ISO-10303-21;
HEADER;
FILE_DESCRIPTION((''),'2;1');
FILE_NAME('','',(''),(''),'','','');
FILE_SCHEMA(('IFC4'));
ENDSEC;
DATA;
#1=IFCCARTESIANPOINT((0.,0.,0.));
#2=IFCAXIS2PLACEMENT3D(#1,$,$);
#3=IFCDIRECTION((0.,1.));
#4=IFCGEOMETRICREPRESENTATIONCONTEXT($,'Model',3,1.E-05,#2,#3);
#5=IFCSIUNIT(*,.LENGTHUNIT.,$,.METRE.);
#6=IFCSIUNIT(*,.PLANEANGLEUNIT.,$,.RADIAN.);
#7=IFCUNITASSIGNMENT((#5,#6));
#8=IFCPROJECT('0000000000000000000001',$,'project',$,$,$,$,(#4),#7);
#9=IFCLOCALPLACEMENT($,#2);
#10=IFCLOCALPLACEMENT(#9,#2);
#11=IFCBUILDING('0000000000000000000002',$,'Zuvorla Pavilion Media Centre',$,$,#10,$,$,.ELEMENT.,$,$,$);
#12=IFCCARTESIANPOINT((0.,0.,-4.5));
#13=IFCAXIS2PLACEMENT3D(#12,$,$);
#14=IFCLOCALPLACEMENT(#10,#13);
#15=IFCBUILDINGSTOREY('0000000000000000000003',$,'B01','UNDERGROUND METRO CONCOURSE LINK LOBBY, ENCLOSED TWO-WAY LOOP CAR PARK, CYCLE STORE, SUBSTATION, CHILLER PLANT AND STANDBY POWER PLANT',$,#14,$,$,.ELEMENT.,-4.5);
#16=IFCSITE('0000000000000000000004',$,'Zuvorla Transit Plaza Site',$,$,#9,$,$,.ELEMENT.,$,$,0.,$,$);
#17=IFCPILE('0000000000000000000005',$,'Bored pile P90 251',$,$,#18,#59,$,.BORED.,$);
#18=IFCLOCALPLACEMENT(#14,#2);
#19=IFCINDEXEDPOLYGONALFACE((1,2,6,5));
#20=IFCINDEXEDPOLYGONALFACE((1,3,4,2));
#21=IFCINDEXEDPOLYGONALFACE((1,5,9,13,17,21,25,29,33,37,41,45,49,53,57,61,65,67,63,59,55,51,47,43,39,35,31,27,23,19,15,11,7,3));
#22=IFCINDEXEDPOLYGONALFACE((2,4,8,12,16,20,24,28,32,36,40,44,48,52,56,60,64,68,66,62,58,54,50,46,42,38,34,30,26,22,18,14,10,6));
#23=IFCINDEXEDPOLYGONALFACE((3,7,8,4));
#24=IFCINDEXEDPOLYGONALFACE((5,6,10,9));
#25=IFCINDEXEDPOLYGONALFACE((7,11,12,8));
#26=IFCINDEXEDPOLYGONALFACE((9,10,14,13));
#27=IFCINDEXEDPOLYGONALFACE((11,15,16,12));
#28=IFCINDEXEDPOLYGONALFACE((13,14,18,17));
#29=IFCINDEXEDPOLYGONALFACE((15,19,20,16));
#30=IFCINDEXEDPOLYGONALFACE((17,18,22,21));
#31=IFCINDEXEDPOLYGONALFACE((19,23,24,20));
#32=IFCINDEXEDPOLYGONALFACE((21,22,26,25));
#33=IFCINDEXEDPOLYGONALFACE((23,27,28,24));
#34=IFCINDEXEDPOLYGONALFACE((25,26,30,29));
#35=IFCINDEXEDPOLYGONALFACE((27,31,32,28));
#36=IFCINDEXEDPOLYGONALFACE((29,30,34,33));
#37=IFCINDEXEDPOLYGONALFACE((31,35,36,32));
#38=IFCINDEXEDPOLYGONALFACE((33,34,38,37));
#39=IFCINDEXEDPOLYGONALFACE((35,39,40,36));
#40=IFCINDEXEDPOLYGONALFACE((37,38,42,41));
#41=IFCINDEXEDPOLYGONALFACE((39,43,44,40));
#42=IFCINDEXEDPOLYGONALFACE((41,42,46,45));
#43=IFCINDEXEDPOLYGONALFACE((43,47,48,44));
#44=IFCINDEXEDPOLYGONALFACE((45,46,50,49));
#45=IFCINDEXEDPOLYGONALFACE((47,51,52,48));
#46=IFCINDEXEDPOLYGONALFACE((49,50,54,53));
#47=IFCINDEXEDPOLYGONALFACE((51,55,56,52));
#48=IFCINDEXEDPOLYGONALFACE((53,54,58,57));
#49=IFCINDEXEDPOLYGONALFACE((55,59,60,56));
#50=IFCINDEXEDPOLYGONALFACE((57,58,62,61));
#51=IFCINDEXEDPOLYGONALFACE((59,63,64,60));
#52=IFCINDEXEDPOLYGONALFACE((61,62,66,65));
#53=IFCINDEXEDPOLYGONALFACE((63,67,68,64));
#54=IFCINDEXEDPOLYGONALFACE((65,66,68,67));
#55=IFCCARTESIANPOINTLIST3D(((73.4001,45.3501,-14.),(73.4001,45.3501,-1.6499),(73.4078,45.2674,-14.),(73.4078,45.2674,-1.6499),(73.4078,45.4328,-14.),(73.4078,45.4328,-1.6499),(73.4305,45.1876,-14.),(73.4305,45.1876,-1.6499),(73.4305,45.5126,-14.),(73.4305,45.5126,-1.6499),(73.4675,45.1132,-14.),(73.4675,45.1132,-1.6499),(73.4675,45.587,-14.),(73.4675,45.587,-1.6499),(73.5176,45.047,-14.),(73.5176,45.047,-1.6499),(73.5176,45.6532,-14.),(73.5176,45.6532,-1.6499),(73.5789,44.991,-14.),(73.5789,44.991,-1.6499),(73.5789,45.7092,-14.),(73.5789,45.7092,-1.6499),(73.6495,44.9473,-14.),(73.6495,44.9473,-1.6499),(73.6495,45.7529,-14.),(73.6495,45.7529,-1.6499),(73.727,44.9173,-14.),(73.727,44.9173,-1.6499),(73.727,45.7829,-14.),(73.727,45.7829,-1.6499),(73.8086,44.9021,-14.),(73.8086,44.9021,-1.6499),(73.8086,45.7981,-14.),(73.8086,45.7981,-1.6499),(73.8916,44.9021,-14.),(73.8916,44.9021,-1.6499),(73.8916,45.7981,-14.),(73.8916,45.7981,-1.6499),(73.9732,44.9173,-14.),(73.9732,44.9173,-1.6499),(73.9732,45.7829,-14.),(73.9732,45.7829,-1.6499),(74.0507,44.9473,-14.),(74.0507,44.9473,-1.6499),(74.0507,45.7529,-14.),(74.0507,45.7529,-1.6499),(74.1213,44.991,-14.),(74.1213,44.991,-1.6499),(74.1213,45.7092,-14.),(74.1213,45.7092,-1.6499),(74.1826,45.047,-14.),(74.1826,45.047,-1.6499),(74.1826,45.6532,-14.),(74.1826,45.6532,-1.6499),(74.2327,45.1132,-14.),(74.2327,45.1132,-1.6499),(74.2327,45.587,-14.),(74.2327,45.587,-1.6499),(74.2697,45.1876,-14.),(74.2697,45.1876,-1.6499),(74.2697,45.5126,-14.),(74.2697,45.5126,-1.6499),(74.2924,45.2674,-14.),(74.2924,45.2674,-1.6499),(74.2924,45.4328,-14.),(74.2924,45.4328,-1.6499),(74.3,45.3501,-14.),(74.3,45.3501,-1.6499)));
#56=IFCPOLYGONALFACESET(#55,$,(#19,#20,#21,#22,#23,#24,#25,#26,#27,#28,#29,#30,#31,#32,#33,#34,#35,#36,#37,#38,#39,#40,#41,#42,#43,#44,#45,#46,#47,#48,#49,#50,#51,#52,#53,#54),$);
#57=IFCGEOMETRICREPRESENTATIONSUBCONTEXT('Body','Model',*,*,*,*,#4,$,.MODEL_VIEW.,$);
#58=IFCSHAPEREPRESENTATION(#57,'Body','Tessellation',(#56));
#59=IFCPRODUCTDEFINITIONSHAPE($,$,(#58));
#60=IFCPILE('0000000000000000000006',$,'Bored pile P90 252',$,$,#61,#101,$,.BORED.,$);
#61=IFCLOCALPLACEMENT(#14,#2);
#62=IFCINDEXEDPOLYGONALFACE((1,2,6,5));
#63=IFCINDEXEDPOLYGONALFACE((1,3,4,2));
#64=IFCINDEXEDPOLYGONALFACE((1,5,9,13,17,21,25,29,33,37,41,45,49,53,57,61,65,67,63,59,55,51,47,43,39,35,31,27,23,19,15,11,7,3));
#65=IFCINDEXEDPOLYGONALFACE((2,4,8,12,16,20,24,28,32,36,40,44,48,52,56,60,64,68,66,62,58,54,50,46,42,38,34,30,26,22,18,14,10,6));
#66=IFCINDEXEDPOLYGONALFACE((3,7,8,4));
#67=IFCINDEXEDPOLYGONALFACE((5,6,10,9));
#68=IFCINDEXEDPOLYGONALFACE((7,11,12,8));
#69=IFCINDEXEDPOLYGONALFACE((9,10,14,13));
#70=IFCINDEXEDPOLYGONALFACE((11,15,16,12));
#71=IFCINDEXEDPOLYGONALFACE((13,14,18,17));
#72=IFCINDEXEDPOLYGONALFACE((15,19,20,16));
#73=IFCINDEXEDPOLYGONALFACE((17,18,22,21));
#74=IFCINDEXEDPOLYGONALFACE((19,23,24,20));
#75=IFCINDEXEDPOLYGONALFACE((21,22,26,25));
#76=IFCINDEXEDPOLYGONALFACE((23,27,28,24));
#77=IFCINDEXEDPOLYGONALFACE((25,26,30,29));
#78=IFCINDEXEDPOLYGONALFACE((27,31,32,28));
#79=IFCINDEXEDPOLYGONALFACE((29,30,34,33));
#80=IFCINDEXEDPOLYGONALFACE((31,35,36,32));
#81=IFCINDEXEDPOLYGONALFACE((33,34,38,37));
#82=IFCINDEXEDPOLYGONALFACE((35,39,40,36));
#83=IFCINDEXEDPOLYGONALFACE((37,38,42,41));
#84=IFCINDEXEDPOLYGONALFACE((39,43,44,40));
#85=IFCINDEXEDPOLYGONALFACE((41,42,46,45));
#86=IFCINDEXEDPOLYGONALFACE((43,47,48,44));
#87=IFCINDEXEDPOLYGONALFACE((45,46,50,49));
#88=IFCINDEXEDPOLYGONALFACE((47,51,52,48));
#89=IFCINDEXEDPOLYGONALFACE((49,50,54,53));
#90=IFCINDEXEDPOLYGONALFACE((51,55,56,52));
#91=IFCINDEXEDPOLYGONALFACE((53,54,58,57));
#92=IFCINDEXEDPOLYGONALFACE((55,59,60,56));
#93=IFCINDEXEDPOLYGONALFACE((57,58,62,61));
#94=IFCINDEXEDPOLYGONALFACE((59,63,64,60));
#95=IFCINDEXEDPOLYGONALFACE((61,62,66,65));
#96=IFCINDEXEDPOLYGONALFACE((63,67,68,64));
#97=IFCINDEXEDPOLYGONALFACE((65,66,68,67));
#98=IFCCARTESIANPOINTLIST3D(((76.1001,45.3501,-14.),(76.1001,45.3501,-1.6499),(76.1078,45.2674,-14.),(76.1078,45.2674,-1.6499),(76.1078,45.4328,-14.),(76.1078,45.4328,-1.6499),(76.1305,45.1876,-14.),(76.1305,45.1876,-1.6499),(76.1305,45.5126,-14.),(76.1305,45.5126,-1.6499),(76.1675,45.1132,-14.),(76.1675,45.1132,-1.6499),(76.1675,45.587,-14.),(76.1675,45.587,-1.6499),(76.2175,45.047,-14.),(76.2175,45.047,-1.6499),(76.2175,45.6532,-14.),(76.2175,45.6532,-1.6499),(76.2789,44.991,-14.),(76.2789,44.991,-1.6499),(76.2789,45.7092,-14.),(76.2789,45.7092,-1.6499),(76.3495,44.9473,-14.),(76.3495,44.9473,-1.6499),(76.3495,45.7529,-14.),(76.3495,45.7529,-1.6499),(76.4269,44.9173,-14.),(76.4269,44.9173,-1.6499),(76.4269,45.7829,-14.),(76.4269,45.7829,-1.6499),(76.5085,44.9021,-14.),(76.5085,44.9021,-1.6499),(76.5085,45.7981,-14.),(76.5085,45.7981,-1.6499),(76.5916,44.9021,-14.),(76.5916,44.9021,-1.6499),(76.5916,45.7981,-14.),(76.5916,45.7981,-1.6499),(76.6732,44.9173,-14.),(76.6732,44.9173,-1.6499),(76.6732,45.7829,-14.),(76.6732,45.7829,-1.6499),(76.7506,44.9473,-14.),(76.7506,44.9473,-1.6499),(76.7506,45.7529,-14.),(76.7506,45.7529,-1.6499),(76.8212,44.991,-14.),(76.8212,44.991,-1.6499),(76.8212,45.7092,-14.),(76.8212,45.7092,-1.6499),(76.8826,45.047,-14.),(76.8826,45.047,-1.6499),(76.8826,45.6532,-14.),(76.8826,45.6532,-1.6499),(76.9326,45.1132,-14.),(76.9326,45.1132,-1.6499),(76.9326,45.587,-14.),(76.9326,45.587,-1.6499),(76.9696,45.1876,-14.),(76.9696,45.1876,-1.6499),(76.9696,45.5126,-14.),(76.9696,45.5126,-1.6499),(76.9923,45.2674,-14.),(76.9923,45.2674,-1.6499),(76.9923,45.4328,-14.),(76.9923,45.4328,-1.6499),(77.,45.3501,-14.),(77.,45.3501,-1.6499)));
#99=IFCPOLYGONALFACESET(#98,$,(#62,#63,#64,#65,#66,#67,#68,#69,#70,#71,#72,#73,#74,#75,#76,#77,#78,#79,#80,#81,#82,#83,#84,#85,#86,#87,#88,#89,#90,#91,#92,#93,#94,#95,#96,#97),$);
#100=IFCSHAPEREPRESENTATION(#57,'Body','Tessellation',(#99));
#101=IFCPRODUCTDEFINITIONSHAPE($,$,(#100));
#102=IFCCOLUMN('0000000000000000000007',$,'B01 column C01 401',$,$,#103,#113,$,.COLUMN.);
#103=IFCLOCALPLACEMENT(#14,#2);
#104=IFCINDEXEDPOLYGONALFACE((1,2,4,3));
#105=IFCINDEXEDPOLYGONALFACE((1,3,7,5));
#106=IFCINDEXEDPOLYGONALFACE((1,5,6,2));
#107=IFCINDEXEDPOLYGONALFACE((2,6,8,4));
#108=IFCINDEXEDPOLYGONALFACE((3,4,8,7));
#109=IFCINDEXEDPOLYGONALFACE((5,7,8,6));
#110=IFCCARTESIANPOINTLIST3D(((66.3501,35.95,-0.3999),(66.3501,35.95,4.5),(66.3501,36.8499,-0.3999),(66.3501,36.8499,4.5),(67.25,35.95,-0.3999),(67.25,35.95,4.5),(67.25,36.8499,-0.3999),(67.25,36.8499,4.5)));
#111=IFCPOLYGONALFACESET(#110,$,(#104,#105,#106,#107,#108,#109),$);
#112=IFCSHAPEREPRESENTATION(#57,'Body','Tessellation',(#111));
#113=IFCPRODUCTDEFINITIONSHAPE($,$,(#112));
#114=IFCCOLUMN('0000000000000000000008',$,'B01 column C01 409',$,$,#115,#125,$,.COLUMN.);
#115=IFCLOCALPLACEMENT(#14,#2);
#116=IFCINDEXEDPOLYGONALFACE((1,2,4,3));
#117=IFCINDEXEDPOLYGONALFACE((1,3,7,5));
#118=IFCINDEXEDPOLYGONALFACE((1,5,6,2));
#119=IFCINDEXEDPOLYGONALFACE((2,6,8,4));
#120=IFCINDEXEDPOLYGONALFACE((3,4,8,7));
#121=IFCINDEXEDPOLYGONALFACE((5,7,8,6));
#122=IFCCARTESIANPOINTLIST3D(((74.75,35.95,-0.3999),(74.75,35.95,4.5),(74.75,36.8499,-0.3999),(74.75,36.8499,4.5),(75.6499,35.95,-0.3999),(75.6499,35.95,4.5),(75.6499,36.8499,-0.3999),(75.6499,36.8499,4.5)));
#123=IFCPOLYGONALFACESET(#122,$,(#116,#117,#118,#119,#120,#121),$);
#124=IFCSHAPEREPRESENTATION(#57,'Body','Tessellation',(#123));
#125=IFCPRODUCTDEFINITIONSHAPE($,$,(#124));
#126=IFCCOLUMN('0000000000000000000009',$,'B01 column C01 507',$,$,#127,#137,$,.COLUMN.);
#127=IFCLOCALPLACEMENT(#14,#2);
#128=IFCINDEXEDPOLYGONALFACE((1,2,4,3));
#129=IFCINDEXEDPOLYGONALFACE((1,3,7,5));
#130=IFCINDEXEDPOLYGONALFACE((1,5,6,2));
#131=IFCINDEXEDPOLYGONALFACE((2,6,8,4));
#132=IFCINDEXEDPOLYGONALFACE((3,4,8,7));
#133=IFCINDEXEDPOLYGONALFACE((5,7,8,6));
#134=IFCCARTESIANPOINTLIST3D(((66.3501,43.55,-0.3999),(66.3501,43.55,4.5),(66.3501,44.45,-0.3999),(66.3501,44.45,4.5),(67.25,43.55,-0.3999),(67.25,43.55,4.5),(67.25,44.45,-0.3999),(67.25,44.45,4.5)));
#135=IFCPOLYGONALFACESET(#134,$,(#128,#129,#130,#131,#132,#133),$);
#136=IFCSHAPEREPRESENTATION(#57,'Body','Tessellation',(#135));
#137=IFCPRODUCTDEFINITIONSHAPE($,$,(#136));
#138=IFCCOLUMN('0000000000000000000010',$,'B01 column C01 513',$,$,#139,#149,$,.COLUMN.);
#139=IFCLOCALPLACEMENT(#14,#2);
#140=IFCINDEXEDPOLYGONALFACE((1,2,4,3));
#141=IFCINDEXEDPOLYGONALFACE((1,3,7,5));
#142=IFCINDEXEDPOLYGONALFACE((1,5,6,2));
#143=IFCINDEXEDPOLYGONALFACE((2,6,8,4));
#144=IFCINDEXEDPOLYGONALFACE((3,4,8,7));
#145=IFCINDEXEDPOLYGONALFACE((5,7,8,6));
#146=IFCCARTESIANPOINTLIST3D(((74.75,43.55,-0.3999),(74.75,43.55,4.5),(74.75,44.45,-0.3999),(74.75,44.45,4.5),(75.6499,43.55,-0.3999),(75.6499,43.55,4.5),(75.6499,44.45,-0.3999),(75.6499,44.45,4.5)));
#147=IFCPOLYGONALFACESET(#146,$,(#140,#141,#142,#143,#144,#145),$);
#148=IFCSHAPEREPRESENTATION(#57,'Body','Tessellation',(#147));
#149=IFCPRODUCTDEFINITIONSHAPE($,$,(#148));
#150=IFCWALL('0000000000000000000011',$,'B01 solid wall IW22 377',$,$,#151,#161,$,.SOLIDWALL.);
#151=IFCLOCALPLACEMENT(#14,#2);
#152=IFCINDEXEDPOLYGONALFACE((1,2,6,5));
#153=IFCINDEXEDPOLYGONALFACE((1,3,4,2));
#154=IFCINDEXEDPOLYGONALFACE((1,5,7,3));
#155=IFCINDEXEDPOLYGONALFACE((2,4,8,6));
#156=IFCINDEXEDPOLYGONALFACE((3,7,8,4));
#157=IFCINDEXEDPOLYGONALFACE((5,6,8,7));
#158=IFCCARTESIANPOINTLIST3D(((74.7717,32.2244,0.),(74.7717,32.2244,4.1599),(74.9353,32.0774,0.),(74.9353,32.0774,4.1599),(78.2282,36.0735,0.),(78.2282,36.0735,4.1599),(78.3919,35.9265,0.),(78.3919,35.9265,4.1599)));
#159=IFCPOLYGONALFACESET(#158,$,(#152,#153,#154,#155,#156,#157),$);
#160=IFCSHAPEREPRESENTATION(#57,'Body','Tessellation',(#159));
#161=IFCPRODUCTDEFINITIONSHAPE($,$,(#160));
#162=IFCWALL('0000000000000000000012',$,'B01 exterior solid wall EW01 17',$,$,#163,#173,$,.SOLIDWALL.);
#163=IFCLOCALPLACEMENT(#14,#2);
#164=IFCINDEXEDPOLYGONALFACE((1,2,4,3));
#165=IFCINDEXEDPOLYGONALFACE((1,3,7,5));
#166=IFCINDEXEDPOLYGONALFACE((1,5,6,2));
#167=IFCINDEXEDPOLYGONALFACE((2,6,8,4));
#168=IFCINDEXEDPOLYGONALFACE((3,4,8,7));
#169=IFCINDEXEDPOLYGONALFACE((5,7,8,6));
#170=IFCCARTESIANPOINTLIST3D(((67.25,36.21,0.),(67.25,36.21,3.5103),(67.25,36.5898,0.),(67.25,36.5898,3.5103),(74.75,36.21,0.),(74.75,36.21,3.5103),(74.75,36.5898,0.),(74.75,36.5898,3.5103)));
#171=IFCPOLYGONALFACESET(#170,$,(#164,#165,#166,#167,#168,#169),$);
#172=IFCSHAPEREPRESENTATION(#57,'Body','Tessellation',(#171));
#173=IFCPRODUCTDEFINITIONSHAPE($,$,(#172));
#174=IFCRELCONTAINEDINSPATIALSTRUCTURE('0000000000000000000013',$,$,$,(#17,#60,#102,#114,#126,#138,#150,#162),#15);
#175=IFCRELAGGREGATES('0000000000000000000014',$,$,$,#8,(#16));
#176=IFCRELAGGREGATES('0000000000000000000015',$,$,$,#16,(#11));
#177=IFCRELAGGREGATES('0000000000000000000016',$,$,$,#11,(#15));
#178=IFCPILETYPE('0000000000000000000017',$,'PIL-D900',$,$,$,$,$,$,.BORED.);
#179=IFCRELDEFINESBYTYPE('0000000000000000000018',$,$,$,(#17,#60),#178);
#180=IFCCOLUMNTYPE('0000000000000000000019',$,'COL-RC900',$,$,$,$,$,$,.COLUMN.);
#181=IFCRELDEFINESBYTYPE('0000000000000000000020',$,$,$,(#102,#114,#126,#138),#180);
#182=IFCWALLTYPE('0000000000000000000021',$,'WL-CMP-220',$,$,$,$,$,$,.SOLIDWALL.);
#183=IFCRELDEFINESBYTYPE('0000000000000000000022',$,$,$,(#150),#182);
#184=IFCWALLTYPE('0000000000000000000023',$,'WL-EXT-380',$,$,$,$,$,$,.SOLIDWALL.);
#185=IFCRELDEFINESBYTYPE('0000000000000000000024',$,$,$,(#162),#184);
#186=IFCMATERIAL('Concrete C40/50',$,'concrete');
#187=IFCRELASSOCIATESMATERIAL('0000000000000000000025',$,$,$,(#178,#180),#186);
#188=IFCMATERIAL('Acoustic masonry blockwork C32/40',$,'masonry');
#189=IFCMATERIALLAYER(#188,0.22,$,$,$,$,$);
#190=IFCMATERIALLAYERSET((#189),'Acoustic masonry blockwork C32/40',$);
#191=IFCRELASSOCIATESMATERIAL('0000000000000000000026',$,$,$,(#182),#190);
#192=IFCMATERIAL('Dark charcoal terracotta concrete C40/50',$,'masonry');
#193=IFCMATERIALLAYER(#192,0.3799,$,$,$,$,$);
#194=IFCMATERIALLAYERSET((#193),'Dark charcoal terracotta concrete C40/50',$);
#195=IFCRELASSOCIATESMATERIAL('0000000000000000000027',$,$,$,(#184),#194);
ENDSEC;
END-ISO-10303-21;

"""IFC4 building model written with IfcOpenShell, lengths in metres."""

from ifc_helpers import new_model, si_unit, direction, frame, frame_2d, origin, origin_2d, place, context, subcontext, project, spatial, rectangle, circle, extrude, material, layer, layer_set, material_profile, profile_set, type_object, element, save


model = new_model("IFC4")

# Units and contexts
model_context = context("Model", 3, precision=1e-05, world=origin(), true_north=direction((0.0, 1.0)))
body_context = subcontext(model_context, "Body", "Model", "MODEL_VIEW")
ifc_project = project(units=[si_unit("LENGTHUNIT", "METRE"), si_unit("PLANEANGLEUNIT", "RADIAN")], contexts=[model_context])

# Site, building, storey
site_placement = place(None, origin())
site = spatial("IfcSite", under=ifc_project, at=site_placement, Name="Zuvorla Transit Plaza Site", CompositionType="ELEMENT", RefElevation=0.0)
building_placement = place(site_placement, origin())
building = spatial("IfcBuilding", under=site, at=building_placement, Name="Zuvorla Pavilion Media Centre", CompositionType="ELEMENT")
storey_placement = place(building_placement, frame((0.0, 0.0, -4.5)))
storey = spatial("IfcBuildingStorey", under=building, at=storey_placement, Name="B01", Description="UNDERGROUND METRO CONCOURSE LINK LOBBY, ENCLOSED TWO-WAY LOOP CAR PARK, CYCLE STORE, SUBSTATION, CHILLER PLANT AND STANDBY POWER PLANT", CompositionType="ELEMENT", Elevation=-4.5)

# Shared definitions
ifc_material_1 = material(Name="Concrete C40/50", Category="concrete")

# Piles
ifc_material_profile_1 = material_profile(ifc_material_1, circle(Radius=0.45, at=origin_2d()), Name="BORED PILE 900")
ifc_profile_set_1 = profile_set([ifc_material_profile_1], Name="Concrete C40/50")
pile_type = type_object("IfcPileType", Name="PIL-D900", PredefinedType="BORED", material=ifc_profile_set_1)
for number, where, z_axis, x_axis, name in (
    (1, (73.8501, 45.3501, -1.6499), (0.0, 0.0, -1.0), (1.0, 0.0, 0.0), "Bored pile P90 251"),
    (2, (76.55, 45.3501, -1.6499), (0.0, 0.0, -1.0), (1.0, 0.0, 0.0), "Bored pile P90 252"),
):
    element("IfcPile", number, at=place(storey_placement, frame(where, z_axis=z_axis, x_axis=x_axis)), inside=storey, type_object=pile_type, Name=name, PredefinedType="BORED", context=body_context, shape_type="SweptSolid", body=[
        extrude(circle(Radius=0.45, at=origin_2d()), origin(), (0.0, 0.0, 1.0), 12.3501),
    ])

# Columns
ifc_material_profile_2 = material_profile(ifc_material_1, rectangle(XDim=0.8999, YDim=0.8999, at=origin_2d()), Name="RC 900x900")
ifc_profile_set_2 = profile_set([ifc_material_profile_2], Name="Concrete C40/50")
column_type = type_object("IfcColumnType", Name="COL-RC900", PredefinedType="COLUMN", material=ifc_profile_set_2)
for number, where, z_axis, x_axis, name in (
    (3, (66.8, 36.3999, -0.3999), (0.0, 0.0, 1.0), (1.0, 0.0, 0.0), "B01 column C01 401"),
    (4, (75.2, 36.3999, -0.3999), (0.0, 0.0, 1.0), (1.0, 0.0, 0.0), "B01 column C01 409"),
    (5, (66.8, 44.0, -0.3999), (0.0, 0.0, 1.0), (1.0, 0.0, 0.0), "B01 column C01 507"),
    (6, (75.2, 44.0, -0.3999), (0.0, 0.0, 1.0), (1.0, 0.0, 0.0), "B01 column C01 513"),
):
    element("IfcColumn", number, at=place(storey_placement, frame(where, z_axis=z_axis, x_axis=x_axis)), inside=storey, type_object=column_type, Name=name, PredefinedType="COLUMN", context=body_context, shape_type="SweptSolid", body=[
        extrude(rectangle(XDim=0.8999, YDim=0.8999, at=origin_2d()), origin(), (0.0, 0.0, 1.0), 4.8999),
    ])

# Walls
ifc_material_2 = material(Name="Acoustic masonry blockwork C32/40", Category="masonry")
ifc_layer_1 = layer(ifc_material_2, 0.22)
ifc_layer_set_1 = layer_set([ifc_layer_1], Name="Acoustic masonry blockwork C32/40")
wall_type_1 = type_object("IfcWallType", Name="WL-CMP-220", PredefinedType="SOLIDWALL", material=ifc_layer_set_1)
wall_1_placement = place(storey_placement, frame((78.3101, 36.0, 0.0), z_axis=(0.0, 0.0, 1.0), x_axis=(-0.668146, -0.744031, 0.0)))
element("IfcWall", 7, at=wall_1_placement, inside=storey, type_object=wall_type_1, Name="B01 solid wall IW22 377", PredefinedType="SOLIDWALL", context=body_context, shape_type="SweptSolid", body=[
    extrude(rectangle(XDim=5.1733, YDim=0.22, at=frame_2d((2.5867, 0.0))), origin(), (0.0, 0.0, 1.0), 4.1599),
])
ifc_material_3 = material(Name="Dark charcoal terracotta concrete C40/50", Category="masonry")
ifc_layer_2 = layer(ifc_material_3, 0.3799)
ifc_layer_set_2 = layer_set([ifc_layer_2], Name="Dark charcoal terracotta concrete C40/50")
wall_type_2 = type_object("IfcWallType", Name="WL-EXT-380", PredefinedType="SOLIDWALL", material=ifc_layer_set_2)
wall_2_placement = place(storey_placement, frame((74.75, 36.3999, 0.0), z_axis=(0.0, 0.0, 1.0), x_axis=(-1.0, 0.0, 0.0)))
element("IfcWall", 8, at=wall_2_placement, inside=storey, type_object=wall_type_2, Name="B01 exterior solid wall EW01 17", PredefinedType="SOLIDWALL", context=body_context, shape_type="SweptSolid", body=[
    extrude(rectangle(XDim=7.5, YDim=0.3799, at=frame_2d((3.75, 0.0))), origin(), (0.0, 0.0, 1.0), 3.5103),
])

save(model, "model.ifc")
